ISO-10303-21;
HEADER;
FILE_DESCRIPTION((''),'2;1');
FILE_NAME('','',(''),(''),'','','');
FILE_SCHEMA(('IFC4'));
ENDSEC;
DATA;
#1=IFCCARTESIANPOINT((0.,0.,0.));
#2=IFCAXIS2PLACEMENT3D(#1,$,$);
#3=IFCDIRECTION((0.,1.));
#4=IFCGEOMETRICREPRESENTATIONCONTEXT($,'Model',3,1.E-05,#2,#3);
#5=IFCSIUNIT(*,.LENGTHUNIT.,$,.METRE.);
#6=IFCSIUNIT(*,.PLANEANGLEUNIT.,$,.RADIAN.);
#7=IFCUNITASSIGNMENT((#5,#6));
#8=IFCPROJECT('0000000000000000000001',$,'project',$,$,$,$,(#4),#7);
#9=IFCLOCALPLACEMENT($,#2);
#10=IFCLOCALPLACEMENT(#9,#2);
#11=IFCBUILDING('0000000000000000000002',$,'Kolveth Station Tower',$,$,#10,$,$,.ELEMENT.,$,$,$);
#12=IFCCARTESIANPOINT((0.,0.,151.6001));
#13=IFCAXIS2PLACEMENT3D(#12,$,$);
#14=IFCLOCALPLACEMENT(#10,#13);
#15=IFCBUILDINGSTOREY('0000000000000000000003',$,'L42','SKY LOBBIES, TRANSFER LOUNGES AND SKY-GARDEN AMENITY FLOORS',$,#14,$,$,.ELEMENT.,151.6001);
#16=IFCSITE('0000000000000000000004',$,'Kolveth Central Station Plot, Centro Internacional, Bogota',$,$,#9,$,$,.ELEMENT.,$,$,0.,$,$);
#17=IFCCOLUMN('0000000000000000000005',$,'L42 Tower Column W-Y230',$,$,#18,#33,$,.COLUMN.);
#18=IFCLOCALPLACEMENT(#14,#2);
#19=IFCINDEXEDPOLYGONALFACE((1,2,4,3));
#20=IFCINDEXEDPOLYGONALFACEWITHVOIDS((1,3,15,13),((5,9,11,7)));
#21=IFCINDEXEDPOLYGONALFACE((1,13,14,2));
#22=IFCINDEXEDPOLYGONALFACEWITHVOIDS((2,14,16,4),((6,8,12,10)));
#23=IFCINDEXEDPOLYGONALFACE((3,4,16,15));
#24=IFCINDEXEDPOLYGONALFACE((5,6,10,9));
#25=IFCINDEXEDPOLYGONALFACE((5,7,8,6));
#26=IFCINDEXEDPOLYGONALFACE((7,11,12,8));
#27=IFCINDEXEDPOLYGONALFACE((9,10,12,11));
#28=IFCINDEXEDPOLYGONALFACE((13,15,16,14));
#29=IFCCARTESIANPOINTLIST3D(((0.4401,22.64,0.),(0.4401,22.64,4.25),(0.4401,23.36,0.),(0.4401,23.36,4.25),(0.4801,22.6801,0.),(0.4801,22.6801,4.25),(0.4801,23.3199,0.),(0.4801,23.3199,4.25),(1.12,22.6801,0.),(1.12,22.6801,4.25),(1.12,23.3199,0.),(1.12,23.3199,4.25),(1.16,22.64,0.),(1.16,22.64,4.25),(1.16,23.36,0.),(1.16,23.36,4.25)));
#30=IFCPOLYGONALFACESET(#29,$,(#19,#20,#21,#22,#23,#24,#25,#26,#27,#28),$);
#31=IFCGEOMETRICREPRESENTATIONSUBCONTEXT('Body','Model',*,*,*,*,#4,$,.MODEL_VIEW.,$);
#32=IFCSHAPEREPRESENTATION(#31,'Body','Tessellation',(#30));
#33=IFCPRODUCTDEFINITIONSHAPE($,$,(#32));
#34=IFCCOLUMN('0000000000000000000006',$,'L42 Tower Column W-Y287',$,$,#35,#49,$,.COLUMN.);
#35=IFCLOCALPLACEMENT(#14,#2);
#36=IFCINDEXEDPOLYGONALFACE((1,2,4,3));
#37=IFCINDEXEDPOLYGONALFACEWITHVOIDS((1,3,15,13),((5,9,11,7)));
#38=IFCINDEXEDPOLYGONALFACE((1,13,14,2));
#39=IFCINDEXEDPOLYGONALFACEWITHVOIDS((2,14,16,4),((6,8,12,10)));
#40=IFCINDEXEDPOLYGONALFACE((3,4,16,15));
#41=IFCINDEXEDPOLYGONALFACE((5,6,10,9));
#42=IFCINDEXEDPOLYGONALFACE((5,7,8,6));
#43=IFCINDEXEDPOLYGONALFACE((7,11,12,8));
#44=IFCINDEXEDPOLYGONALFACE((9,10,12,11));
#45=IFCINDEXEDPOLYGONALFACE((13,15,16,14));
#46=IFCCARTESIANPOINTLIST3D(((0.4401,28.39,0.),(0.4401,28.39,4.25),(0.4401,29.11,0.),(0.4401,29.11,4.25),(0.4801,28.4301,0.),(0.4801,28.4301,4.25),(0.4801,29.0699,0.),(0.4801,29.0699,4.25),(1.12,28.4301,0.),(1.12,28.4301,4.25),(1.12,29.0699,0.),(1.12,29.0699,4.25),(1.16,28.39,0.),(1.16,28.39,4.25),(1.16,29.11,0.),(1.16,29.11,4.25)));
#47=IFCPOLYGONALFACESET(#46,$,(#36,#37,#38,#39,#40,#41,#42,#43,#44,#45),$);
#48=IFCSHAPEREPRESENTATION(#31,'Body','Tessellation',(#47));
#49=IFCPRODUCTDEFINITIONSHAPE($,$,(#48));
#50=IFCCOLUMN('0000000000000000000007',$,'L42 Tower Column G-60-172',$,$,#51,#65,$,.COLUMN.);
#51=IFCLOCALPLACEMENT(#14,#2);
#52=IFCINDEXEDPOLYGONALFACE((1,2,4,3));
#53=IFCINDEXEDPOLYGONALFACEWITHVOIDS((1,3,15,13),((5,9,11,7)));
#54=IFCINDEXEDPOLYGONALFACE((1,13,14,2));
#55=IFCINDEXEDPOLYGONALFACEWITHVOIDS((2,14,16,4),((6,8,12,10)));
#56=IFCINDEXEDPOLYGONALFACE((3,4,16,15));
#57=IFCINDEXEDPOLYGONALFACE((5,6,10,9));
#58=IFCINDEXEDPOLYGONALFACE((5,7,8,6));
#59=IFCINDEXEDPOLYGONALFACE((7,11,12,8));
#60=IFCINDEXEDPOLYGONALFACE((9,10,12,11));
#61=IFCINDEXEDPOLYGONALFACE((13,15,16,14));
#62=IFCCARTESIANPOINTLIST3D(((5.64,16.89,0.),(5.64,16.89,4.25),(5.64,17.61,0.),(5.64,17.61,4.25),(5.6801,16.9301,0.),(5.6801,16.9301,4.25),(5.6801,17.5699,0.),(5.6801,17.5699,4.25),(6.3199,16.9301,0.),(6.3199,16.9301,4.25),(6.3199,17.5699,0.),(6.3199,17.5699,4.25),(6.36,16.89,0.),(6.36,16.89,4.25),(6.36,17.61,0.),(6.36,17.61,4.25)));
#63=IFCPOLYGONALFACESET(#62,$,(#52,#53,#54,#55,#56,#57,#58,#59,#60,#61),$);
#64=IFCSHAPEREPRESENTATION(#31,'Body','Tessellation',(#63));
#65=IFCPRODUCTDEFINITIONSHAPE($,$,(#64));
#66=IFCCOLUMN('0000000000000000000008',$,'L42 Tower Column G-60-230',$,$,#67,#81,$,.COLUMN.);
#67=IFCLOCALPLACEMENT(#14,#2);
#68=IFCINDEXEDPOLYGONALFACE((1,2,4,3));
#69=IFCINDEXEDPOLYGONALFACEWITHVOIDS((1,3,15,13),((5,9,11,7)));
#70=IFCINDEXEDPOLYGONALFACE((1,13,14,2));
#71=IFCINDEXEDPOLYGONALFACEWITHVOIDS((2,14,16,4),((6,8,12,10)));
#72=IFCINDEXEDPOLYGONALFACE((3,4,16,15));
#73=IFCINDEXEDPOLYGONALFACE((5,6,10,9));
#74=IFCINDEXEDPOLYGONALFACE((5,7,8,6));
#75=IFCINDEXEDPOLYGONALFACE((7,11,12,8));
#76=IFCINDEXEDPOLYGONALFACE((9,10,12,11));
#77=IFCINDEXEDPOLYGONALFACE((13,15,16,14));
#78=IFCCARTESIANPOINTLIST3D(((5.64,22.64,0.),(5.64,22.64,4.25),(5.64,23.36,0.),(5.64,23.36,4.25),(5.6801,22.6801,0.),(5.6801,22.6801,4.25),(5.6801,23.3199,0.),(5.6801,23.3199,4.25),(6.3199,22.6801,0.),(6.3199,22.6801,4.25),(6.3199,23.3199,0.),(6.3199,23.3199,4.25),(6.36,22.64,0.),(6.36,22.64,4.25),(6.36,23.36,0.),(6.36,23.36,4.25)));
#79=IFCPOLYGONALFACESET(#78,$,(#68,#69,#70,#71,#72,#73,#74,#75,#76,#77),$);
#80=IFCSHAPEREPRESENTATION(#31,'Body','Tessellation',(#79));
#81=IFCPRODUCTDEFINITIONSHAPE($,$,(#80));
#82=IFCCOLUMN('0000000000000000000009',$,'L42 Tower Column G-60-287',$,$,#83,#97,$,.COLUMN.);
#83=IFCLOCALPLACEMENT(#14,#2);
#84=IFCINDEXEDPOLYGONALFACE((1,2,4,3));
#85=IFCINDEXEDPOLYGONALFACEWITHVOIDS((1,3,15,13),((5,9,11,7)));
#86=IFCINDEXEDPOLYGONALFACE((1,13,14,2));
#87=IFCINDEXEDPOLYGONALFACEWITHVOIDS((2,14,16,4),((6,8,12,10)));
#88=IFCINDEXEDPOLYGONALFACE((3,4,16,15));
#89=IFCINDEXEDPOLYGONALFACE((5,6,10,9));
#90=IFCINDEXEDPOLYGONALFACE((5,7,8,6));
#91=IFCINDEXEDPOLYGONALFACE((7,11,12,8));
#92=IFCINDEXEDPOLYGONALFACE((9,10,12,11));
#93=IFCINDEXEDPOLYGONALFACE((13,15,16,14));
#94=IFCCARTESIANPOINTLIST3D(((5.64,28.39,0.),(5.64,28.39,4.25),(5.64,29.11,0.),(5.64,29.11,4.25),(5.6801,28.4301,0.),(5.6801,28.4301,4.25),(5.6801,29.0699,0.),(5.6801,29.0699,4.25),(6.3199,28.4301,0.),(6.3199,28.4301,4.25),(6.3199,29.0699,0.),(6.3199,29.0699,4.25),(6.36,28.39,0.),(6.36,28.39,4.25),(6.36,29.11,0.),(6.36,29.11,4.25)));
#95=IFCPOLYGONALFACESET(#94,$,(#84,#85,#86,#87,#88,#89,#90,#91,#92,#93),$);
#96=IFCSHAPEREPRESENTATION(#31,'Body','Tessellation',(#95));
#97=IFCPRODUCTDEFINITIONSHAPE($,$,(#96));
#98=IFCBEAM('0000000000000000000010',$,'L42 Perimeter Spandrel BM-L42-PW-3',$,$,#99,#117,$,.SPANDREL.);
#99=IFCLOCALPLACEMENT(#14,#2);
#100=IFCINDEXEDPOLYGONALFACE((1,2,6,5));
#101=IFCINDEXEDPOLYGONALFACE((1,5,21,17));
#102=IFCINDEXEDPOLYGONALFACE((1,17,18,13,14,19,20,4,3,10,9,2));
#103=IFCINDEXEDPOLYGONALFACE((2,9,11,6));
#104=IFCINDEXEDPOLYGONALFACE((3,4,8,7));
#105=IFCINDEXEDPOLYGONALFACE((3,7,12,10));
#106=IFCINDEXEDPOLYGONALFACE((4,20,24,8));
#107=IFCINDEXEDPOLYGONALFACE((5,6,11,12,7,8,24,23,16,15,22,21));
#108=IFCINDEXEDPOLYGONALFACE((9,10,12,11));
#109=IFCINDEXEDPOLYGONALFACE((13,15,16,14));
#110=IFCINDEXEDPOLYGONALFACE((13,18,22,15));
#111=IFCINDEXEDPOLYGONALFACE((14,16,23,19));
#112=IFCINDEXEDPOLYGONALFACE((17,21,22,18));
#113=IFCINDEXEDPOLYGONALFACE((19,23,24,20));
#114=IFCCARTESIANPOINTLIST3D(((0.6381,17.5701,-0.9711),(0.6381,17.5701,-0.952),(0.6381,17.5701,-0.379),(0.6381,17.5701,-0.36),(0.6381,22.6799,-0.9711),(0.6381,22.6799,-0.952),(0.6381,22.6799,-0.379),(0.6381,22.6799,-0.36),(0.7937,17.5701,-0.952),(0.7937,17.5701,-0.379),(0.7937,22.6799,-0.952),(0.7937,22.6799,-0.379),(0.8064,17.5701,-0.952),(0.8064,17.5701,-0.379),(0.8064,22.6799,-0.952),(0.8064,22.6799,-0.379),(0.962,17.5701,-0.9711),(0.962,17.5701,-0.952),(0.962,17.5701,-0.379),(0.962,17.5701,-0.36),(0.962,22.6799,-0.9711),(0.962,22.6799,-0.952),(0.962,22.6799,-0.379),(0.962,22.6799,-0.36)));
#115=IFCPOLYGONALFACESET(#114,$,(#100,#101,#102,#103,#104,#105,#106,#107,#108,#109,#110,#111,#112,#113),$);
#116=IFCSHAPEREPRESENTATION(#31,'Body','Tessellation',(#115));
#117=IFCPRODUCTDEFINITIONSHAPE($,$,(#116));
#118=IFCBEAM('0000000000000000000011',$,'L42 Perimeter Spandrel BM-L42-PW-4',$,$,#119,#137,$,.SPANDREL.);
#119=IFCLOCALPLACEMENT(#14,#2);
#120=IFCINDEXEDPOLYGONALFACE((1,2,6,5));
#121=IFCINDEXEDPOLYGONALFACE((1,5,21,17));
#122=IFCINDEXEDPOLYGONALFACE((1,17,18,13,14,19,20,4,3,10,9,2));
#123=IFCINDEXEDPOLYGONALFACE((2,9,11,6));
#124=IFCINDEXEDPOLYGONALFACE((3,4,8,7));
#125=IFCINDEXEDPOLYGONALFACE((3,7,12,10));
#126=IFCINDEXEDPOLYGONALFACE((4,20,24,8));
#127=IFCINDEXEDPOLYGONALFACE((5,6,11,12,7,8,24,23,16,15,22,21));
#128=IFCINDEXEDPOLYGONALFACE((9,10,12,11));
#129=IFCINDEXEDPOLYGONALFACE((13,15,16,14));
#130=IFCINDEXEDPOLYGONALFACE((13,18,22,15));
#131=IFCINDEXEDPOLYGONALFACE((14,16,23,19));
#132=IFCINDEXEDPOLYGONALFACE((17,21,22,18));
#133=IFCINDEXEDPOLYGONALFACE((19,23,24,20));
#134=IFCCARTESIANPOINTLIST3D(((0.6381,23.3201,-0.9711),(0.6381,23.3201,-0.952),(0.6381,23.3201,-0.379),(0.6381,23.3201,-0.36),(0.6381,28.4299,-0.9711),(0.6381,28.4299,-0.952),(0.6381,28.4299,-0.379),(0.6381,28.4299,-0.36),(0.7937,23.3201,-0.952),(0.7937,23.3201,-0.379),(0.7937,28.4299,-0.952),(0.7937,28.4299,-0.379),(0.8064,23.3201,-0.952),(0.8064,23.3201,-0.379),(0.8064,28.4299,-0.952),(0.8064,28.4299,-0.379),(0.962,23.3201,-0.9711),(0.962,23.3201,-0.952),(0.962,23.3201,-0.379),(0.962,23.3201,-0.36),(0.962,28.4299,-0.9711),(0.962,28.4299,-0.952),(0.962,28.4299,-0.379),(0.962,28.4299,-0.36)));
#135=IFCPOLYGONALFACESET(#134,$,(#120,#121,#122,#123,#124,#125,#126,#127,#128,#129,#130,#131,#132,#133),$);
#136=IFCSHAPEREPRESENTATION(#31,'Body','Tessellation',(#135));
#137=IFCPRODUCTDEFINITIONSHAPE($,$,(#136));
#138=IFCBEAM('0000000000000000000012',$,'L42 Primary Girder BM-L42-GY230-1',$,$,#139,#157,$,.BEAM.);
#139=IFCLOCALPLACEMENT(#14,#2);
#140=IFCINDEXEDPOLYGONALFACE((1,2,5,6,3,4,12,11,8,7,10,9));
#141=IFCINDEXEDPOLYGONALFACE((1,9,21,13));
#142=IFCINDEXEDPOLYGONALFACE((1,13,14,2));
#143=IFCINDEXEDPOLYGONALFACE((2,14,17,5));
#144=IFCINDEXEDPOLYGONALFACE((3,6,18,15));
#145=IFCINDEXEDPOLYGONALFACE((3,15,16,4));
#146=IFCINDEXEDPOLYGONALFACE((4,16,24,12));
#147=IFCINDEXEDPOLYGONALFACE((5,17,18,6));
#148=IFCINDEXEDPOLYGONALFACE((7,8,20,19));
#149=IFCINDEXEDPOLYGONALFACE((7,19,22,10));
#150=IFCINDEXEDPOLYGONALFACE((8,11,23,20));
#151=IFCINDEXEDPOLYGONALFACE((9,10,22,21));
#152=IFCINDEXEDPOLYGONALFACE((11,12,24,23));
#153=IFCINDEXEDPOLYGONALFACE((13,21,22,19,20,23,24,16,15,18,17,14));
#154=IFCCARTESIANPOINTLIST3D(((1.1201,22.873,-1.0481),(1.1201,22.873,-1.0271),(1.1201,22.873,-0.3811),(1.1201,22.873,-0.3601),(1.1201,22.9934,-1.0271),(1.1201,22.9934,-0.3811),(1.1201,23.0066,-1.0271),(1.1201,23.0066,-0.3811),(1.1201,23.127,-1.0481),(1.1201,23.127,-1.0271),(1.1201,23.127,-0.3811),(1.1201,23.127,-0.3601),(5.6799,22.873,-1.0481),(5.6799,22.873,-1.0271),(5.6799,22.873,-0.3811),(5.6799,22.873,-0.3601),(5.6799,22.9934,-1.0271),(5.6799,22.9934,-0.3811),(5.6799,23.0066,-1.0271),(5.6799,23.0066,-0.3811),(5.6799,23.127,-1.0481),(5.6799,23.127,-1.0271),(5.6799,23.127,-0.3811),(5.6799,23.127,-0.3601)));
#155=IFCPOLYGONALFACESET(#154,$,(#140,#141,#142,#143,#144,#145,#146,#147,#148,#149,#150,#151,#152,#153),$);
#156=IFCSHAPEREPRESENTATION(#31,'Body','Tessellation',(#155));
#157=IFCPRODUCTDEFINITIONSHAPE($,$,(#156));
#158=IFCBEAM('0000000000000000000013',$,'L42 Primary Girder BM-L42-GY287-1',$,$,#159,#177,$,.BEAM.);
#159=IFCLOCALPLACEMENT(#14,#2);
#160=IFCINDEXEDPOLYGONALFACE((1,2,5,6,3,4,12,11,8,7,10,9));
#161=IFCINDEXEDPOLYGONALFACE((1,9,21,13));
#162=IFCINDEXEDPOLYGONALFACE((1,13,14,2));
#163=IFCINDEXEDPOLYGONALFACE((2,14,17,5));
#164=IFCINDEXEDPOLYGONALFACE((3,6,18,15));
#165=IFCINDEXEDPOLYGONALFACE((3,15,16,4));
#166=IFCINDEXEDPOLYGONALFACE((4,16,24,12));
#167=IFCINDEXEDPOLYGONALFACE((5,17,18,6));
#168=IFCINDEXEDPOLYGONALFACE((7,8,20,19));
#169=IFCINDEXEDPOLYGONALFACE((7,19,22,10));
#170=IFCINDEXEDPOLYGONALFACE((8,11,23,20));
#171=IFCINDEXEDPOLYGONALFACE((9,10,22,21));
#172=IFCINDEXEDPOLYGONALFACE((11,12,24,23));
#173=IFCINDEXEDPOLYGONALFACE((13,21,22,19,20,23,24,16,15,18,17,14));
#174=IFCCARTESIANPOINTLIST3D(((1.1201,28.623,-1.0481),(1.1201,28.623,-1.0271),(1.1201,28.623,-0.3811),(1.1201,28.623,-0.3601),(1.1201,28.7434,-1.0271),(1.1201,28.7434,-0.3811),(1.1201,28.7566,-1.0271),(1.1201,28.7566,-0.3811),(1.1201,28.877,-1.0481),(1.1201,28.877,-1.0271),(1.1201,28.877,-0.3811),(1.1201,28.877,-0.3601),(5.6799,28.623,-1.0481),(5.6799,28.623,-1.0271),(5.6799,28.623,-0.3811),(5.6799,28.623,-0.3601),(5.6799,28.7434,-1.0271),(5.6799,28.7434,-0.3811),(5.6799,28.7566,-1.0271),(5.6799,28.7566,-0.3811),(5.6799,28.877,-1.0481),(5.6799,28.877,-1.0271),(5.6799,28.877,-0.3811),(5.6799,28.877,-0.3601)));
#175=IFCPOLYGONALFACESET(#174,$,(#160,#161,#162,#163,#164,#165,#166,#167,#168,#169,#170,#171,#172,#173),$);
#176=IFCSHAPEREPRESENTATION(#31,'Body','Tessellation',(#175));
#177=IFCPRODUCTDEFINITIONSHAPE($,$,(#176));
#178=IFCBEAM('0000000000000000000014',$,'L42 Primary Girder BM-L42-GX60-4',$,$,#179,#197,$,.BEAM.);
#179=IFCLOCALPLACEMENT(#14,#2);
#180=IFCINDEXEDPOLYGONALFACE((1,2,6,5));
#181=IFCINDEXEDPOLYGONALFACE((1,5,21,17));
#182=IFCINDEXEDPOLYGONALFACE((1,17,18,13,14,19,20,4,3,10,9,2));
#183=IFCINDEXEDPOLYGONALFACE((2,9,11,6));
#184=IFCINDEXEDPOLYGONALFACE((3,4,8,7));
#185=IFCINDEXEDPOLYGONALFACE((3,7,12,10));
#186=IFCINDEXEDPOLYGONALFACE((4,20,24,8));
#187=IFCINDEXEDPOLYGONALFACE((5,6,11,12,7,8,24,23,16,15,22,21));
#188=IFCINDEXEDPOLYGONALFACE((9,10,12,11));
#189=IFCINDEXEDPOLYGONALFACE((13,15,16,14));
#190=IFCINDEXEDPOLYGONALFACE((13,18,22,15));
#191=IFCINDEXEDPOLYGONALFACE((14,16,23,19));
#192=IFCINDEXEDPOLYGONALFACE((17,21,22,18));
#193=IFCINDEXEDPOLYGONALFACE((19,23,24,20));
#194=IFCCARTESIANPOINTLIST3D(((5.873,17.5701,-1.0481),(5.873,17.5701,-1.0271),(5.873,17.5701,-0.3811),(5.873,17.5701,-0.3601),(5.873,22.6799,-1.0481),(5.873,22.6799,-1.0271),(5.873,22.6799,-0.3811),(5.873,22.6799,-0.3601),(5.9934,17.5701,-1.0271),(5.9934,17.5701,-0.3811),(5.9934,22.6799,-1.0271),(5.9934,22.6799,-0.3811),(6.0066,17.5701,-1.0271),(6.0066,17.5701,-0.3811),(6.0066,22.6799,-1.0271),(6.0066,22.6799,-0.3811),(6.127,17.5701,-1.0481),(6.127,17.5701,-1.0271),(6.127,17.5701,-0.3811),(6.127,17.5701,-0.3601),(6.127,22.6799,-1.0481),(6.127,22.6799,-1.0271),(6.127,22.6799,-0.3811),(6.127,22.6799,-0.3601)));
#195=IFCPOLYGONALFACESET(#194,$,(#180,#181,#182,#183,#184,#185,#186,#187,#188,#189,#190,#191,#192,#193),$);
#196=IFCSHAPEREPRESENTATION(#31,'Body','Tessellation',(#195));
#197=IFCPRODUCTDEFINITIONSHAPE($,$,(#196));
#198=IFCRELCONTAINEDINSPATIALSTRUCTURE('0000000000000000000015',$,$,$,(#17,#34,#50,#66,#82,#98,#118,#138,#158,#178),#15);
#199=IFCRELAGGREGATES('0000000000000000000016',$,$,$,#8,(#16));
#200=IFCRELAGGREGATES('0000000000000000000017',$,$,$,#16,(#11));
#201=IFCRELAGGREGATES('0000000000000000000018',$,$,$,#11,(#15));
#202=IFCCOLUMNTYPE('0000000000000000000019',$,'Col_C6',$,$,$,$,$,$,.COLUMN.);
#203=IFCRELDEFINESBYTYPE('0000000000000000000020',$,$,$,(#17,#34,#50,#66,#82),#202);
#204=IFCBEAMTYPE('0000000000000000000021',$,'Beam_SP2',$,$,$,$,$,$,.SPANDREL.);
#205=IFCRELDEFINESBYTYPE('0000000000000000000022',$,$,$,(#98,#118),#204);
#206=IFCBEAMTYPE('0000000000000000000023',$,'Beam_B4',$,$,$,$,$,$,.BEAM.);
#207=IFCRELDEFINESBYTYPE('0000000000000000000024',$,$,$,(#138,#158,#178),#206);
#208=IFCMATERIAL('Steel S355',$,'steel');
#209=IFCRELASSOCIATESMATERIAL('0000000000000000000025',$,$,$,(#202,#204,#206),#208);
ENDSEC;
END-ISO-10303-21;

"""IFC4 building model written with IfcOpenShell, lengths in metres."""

from ifc_helpers import new_model, si_unit, direction, frame, origin, origin_2d, place, context, subcontext, project, spatial, hollow_rectangle, i_section, extrude, source, transform, mapped, material, material_profile, profile_set, type_object, element, save


model = new_model("IFC4")

# Units and contexts
model_context = context("Model", 3, precision=1e-05, world=origin(), true_north=direction((0.0, 1.0)))
body_context = subcontext(model_context, "Body", "Model", "MODEL_VIEW")
ifc_project = project(units=[si_unit("LENGTHUNIT", "METRE"), si_unit("PLANEANGLEUNIT", "RADIAN")], contexts=[model_context])

# Site, building, storey
site_placement = place(None, origin())
site = spatial("IfcSite", under=ifc_project, at=site_placement, Name="Kolveth Central Station Plot, Centro Internacional, Bogota", CompositionType="ELEMENT", RefElevation=0.0)
building_placement = place(site_placement, origin())
building = spatial("IfcBuilding", under=site, at=building_placement, Name="Kolveth Station Tower", CompositionType="ELEMENT")
storey_placement = place(building_placement, frame((0.0, 0.0, 151.6001)))
storey = spatial("IfcBuildingStorey", under=building, at=storey_placement, Name="L42", Description="SKY LOBBIES, TRANSFER LOUNGES AND SKY-GARDEN AMENITY FLOORS", CompositionType="ELEMENT", Elevation=151.6001)

# Columns
ifc_material_1 = material(Name="Steel S355", Category="steel")
ifc_material_profile_1 = material_profile(ifc_material_1, hollow_rectangle(XDim=0.72, YDim=0.72, WallThickness=0.04, at=origin_2d()), Name="BOX720x720x40")
ifc_profile_set_1 = profile_set([ifc_material_profile_1], Name="Steel S355")
column_type = type_object("IfcColumnType", Name="Col_C6", PredefinedType="COLUMN", material=ifc_profile_set_1)
shared_shape_1 = source(origin(), body_context, "Body", "SweptSolid", [
    extrude(hollow_rectangle(XDim=0.72, YDim=0.72, WallThickness=0.04, at=origin_2d()), origin(), (0.0, 0.0, 1.0), 4.25),
])
for number, where, z_axis, x_axis, name in (
    (1, (0.8, 23.0, 0.0), (0.0, 0.0, 1.0), (1.0, 0.0, 0.0), "L42 Tower Column W-Y230"),
    (2, (0.8, 28.75, 0.0), (0.0, 0.0, 1.0), (1.0, 0.0, 0.0), "L42 Tower Column W-Y287"),
    (3, (6.0, 17.25, 0.0), (0.0, 0.0, 1.0), (1.0, 0.0, 0.0), "L42 Tower Column G-60-172"),
    (4, (6.0, 23.0, 0.0), (0.0, 0.0, 1.0), (1.0, 0.0, 0.0), "L42 Tower Column G-60-230"),
    (5, (6.0, 28.75, 0.0), (0.0, 0.0, 1.0), (1.0, 0.0, 0.0), "L42 Tower Column G-60-287"),
):
    element("IfcColumn", number, at=place(storey_placement, frame(where, z_axis=z_axis, x_axis=x_axis)), inside=storey, type_object=column_type, Name=name, PredefinedType="COLUMN", context=body_context, shape_type="MappedRepresentation", body=[
        mapped(shared_shape_1, transform((0.0, 0.0, 0.0), x_axis=(1.0, 0.0, 0.0), y_axis=(0.0, 1.0, 0.0), z_axis=(0.0, 0.0, 1.0), scale=1.0)),
    ])

# Beams
ifc_material_profile_2 = material_profile(ifc_material_1, i_section(OverallWidth=0.324, OverallDepth=0.6111, WebThickness=0.0127, FlangeThickness=0.019, at=origin_2d()), Name="W610x155")
ifc_profile_set_2 = profile_set([ifc_material_profile_2], Name="Steel S355")
beam_type_1 = type_object("IfcBeamType", Name="Beam_SP2", PredefinedType="SPANDREL", material=ifc_profile_set_2)
shared_shape_2 = source(origin(), body_context, "Body", "SweptSolid", [
    extrude(i_section(OverallWidth=0.324, OverallDepth=0.6111, WebThickness=0.0127, FlangeThickness=0.019, at=origin_2d()), origin(), (0.0, 0.0, 1.0), 5.1099),
])
for number, where, z_axis, x_axis, name in (
    (6, (0.8, 17.5701, -0.6655), (0.0, 1.0, 0.0), (-1.0, 0.0, 0.0), "L42 Perimeter Spandrel BM-L42-PW-3"),
    (7, (0.8, 23.3201, -0.6655), (0.0, 1.0, 0.0), (-1.0, 0.0, 0.0), "L42 Perimeter Spandrel BM-L42-PW-4"),
):
    element("IfcBeam", number, at=place(storey_placement, frame(where, z_axis=z_axis, x_axis=x_axis)), inside=storey, type_object=beam_type_1, Name=name, PredefinedType="SPANDREL", context=body_context, shape_type="MappedRepresentation", body=[
        mapped(shared_shape_2, transform((0.0, 0.0, 0.0), x_axis=(1.0, 0.0, 0.0), y_axis=(0.0, 1.0, 0.0), z_axis=(0.0, 0.0, 1.0), scale=1.0)),
    ])
ifc_material_profile_3 = material_profile(ifc_material_1, i_section(OverallWidth=0.2539, OverallDepth=0.688, WebThickness=0.0132, FlangeThickness=0.021, at=origin_2d()), Name="W690x152")
ifc_profile_set_3 = profile_set([ifc_material_profile_3], Name="Steel S355")
beam_type_2 = type_object("IfcBeamType", Name="Beam_B4", PredefinedType="BEAM", material=ifc_profile_set_3)
shared_shape_3 = source(origin(), body_context, "Body", "SweptSolid", [
    extrude(i_section(OverallWidth=0.2539, OverallDepth=0.688, WebThickness=0.0132, FlangeThickness=0.021, at=origin_2d()), origin(), (0.0, 0.0, 1.0), 4.5598),
])
for number, where, z_axis, x_axis, name in (
    (8, (1.1201, 23.0, -0.7041), (1.0, 0.0, 0.0), (0.0, 1.0, 0.0), "L42 Primary Girder BM-L42-GY230-1"),
    (9, (1.1201, 28.75, -0.7041), (1.0, 0.0, 0.0), (0.0, 1.0, 0.0), "L42 Primary Girder BM-L42-GY287-1"),
):
    element("IfcBeam", number, at=place(storey_placement, frame(where, z_axis=z_axis, x_axis=x_axis)), inside=storey, type_object=beam_type_2, Name=name, PredefinedType="BEAM", context=body_context, shape_type="MappedRepresentation", body=[
        mapped(shared_shape_3, transform((0.0, 0.0, 0.0), x_axis=(1.0, 0.0, 0.0), y_axis=(0.0, 1.0, 0.0), z_axis=(0.0, 0.0, 1.0), scale=1.0)),
    ])
shared_shape_4 = source(origin(), body_context, "Body", "SweptSolid", [
    extrude(i_section(OverallWidth=0.2539, OverallDepth=0.688, WebThickness=0.0132, FlangeThickness=0.021, at=origin_2d()), origin(), (0.0, 0.0, 1.0), 5.1099),
])
for number, where, z_axis, x_axis, name in (
    (10, (6.0, 17.5701, -0.7041), (0.0, 1.0, 0.0), (-1.0, 0.0, 0.0), "L42 Primary Girder BM-L42-GX60-4"),
):
    element("IfcBeam", number, at=place(storey_placement, frame(where, z_axis=z_axis, x_axis=x_axis)), inside=storey, type_object=beam_type_2, Name=name, PredefinedType="BEAM", context=body_context, shape_type="MappedRepresentation", body=[
        mapped(shared_shape_4, transform((0.0, 0.0, 0.0), x_axis=(1.0, 0.0, 0.0), y_axis=(0.0, 1.0, 0.0), z_axis=(0.0, 0.0, 1.0), scale=1.0)),
    ])

save(model, "model.ifc")
